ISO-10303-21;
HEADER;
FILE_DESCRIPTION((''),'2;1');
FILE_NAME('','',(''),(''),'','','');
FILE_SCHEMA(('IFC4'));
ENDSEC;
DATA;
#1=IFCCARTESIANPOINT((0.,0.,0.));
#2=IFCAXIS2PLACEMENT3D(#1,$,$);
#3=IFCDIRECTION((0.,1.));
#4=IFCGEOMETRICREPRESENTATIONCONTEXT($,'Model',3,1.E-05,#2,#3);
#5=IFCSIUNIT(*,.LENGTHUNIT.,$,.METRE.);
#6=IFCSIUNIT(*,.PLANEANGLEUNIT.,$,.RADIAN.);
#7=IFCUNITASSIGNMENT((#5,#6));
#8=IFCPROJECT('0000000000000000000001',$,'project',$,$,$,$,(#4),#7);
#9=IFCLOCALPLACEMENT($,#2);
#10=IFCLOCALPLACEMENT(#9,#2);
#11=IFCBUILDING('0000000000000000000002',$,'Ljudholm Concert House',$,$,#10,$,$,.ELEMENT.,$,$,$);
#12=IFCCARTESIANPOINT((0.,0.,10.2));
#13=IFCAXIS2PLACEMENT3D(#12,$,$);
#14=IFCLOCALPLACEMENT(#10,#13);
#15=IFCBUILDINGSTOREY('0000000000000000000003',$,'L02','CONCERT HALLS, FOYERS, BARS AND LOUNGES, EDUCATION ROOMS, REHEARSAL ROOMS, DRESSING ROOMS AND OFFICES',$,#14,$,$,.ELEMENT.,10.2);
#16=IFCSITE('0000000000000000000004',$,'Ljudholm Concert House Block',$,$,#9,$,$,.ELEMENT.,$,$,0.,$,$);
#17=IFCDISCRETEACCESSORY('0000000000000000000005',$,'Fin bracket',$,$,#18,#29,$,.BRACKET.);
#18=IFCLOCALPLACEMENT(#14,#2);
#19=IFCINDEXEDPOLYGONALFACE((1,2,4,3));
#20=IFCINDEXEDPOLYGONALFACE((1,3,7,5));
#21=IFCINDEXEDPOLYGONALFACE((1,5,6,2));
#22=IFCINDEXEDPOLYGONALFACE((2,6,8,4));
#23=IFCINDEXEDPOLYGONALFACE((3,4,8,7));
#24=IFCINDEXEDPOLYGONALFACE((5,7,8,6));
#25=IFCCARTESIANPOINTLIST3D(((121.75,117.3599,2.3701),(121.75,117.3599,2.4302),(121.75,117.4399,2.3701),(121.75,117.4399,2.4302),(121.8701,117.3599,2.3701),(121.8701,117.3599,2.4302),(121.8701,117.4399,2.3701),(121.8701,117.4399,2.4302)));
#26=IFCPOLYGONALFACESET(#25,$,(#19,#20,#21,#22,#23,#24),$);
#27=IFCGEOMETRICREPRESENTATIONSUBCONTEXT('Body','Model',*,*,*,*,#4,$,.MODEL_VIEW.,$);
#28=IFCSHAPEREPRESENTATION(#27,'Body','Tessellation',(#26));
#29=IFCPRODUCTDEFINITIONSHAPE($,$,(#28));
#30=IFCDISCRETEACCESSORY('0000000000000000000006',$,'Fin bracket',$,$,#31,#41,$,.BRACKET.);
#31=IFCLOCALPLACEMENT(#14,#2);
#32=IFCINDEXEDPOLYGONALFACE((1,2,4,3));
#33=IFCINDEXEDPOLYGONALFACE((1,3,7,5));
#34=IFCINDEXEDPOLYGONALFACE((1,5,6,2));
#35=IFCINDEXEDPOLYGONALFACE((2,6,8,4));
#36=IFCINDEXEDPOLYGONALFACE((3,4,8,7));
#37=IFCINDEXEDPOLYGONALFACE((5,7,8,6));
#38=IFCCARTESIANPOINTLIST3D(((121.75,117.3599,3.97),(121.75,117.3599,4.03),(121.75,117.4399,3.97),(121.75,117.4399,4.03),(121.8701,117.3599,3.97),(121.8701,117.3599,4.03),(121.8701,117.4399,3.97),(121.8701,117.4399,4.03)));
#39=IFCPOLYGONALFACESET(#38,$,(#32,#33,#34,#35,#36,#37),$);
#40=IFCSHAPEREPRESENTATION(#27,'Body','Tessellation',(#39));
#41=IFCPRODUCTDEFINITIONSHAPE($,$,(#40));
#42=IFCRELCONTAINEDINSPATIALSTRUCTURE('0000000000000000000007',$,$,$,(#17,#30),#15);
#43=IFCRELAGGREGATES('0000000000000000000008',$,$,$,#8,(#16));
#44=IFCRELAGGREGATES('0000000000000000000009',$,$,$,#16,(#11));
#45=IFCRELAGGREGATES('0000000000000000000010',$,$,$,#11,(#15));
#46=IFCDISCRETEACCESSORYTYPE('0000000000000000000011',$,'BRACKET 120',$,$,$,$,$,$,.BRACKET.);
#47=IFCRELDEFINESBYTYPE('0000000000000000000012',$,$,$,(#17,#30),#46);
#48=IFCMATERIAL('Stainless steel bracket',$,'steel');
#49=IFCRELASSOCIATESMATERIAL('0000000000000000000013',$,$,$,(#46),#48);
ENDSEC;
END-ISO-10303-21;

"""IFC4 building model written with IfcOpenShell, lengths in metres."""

from ifc_helpers import new_model, si_unit, direction, frame, origin, origin_2d, place, context, subcontext, project, spatial, rectangle, extrude, material, type_object, element, save


model = new_model("IFC4")

# Units and contexts
model_context = context("Model", 3, precision=1e-05, world=origin(), true_north=direction((0.0, 1.0)))
body_context = subcontext(model_context, "Body", "Model", "MODEL_VIEW")
ifc_project = project(units=[si_unit("LENGTHUNIT", "METRE"), si_unit("PLANEANGLEUNIT", "RADIAN")], contexts=[model_context])

# Site, building, storey
site_placement = place(None, origin())
site = spatial("IfcSite", under=ifc_project, at=site_placement, Name="Ljudholm Concert House Block", CompositionType="ELEMENT", RefElevation=0.0)
building_placement = place(site_placement, origin())
building = spatial("IfcBuilding", under=site, at=building_placement, Name="Ljudholm Concert House", CompositionType="ELEMENT")
storey_placement = place(building_placement, frame((0.0, 0.0, 10.2)))
storey = spatial("IfcBuildingStorey", under=building, at=storey_placement, Name="L02", Description="CONCERT HALLS, FOYERS, BARS AND LOUNGES, EDUCATION ROOMS, REHEARSAL ROOMS, DRESSING ROOMS AND OFFICES", CompositionType="ELEMENT", Elevation=10.2)

# Discrete accessories
ifc_material_1 = material(Name="Stainless steel bracket", Category="steel")
discrete_accessory_type = type_object("IfcDiscreteAccessoryType", Name="BRACKET 120", PredefinedType="BRACKET", material=ifc_material_1)
for number, where, z_axis, x_axis, name in (
    (1, (121.8101, 117.3999, 2.3701), (0.0, 0.0, 1.0), (1.0, 0.0, 0.0), "Fin bracket"),
    (2, (121.8101, 117.3999, 3.97), (0.0, 0.0, 1.0), (1.0, 0.0, 0.0), "Fin bracket"),
):
    element("IfcDiscreteAccessory", number, at=place(storey_placement, frame(where, z_axis=z_axis, x_axis=x_axis)), inside=storey, type_object=discrete_accessory_type, Name=name, PredefinedType="BRACKET", context=body_context, shape_type="SweptSolid", body=[
        extrude(rectangle(XDim=0.1201, YDim=0.0801, at=origin_2d()), origin(), (0.0, 0.0, 1.0), 0.0601),
    ])

save(model, "model.ifc")
